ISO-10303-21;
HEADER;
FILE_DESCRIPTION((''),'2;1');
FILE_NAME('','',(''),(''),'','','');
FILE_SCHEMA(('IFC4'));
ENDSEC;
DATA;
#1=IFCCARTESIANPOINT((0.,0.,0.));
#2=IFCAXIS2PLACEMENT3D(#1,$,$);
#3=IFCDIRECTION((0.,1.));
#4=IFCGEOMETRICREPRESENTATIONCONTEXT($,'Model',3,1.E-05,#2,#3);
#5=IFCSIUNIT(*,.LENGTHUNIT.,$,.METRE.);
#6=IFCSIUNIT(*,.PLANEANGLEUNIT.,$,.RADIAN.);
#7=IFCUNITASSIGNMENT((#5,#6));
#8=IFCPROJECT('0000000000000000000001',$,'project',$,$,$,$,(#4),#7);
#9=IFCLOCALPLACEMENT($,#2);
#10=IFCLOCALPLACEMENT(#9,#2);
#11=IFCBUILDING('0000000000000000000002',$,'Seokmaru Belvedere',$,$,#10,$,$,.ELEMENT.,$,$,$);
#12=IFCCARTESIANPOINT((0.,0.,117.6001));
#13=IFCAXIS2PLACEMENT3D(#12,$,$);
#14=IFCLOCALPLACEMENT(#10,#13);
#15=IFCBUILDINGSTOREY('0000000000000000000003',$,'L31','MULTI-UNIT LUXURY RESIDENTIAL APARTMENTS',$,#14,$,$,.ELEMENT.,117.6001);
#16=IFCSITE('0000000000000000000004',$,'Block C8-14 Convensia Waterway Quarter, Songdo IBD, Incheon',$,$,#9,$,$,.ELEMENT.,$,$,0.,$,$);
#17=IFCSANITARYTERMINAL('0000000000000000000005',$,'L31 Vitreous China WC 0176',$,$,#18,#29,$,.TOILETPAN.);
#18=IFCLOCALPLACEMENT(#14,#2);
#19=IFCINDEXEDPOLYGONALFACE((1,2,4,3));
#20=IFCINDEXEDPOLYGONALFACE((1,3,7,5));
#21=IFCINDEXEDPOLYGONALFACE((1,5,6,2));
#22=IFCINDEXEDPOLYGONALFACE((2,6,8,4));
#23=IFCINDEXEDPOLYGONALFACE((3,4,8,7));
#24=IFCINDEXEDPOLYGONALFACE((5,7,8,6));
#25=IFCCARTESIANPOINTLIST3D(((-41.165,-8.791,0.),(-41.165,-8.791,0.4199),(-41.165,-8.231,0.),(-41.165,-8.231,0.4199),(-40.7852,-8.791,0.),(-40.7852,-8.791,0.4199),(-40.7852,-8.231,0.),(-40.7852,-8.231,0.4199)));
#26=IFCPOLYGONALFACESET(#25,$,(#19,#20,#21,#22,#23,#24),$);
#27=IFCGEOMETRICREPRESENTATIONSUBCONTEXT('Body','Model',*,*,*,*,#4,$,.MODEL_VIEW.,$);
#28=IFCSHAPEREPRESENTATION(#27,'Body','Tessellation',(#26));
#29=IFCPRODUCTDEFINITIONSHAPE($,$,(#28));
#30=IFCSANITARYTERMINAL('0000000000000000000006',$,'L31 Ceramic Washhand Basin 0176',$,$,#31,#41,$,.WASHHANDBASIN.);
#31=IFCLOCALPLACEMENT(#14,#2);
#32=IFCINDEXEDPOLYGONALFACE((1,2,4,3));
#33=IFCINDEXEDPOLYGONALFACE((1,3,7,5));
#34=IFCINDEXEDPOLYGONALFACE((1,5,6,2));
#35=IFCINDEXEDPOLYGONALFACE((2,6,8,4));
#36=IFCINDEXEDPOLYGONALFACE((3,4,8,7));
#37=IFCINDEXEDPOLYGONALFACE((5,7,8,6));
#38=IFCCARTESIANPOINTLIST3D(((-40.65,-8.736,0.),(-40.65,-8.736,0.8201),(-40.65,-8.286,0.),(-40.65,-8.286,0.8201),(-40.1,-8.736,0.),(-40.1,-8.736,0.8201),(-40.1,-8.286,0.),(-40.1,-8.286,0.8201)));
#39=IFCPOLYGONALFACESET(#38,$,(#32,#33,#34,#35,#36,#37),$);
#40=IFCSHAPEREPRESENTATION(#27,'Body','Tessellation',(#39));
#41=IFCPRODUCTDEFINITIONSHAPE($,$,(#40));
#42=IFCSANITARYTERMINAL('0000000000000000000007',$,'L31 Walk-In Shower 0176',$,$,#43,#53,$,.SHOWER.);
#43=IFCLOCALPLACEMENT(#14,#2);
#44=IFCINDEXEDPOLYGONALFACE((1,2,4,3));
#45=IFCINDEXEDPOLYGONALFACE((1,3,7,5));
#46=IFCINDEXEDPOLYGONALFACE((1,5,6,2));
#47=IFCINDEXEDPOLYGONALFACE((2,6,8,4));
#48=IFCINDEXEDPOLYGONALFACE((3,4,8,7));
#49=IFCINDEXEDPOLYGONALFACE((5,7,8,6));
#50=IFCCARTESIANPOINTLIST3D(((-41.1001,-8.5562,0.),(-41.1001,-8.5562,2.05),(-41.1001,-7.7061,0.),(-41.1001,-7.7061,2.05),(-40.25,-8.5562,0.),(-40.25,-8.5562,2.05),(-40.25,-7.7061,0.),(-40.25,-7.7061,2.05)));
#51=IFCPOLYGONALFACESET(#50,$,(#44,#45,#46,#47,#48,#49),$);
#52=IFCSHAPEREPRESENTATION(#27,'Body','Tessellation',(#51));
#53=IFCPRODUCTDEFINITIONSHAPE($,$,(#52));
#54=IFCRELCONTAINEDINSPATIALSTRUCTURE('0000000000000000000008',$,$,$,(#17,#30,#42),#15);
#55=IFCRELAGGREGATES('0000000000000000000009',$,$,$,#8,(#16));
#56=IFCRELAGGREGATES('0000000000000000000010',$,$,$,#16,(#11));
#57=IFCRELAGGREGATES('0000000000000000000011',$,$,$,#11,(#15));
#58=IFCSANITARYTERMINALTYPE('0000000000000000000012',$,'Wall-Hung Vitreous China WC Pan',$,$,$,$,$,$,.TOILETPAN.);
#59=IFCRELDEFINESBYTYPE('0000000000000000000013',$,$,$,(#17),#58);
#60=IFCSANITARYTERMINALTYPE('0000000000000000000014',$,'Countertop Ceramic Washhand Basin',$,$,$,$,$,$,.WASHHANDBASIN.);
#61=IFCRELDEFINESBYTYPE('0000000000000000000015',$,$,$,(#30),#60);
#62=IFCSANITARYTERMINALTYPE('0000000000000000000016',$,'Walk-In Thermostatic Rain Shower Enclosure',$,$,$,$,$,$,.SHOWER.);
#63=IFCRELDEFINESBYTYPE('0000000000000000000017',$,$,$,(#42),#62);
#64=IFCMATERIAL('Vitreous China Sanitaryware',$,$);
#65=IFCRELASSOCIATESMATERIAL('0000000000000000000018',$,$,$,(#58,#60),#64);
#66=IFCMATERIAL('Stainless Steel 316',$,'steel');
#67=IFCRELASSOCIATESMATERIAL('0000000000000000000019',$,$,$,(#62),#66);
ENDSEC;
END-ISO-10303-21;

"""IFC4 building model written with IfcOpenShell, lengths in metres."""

from ifc_helpers import new_model, si_unit, direction, frame, origin, origin_2d, place, context, subcontext, project, spatial, rectangle, extrude, source, transform, mapped, material, type_object, type_shapes, element, save


model = new_model("IFC4")

# Units and contexts
model_context = context("Model", 3, precision=1e-05, world=origin(), true_north=direction((0.0, 1.0)))
body_context = subcontext(model_context, "Body", "Model", "MODEL_VIEW")
ifc_project = project(units=[si_unit("LENGTHUNIT", "METRE"), si_unit("PLANEANGLEUNIT", "RADIAN")], contexts=[model_context])

# Site, building, storey
site_placement = place(None, origin())
site = spatial("IfcSite", under=ifc_project, at=site_placement, Name="Block C8-14 Convensia Waterway Quarter, Songdo IBD, Incheon", CompositionType="ELEMENT", RefElevation=0.0)
building_placement = place(site_placement, origin())
building = spatial("IfcBuilding", under=site, at=building_placement, Name="Seokmaru Belvedere", CompositionType="ELEMENT")
storey_placement = place(building_placement, frame((0.0, 0.0, 117.6001)))
storey = spatial("IfcBuildingStorey", under=building, at=storey_placement, Name="L31", Description="MULTI-UNIT LUXURY RESIDENTIAL APARTMENTS", CompositionType="ELEMENT", Elevation=117.6001)

# Sanitary terminals
ifc_material_1 = material(Name="Vitreous China Sanitaryware")
sanitary_terminal_type_1 = type_object("IfcSanitaryTerminalType", Name="Wall-Hung Vitreous China WC Pan", PredefinedType="TOILETPAN", material=ifc_material_1)
shared_shape_1 = source(origin(), body_context, "Body", "SweptSolid", [
    extrude(rectangle(XDim=0.3799, YDim=0.5601, at=origin_2d()), origin(), (0.0, 0.0, 1.0), 0.4199),
])
type_shapes(sanitary_terminal_type_1, [shared_shape_1])
sanitary_terminal_1_placement = place(storey_placement, frame((-40.9751, -8.511, 0.0), z_axis=(0.0, 0.0, 1.0), x_axis=(1.0, 0.0, 0.0)))
element("IfcSanitaryTerminal", 1, at=sanitary_terminal_1_placement, inside=storey, type_object=sanitary_terminal_type_1, Name="L31 Vitreous China WC 0176", PredefinedType="TOILETPAN", context=body_context, shape_type="MappedRepresentation", body=[
    mapped(shared_shape_1, transform((0.0, 0.0, 0.0), scale=1.0)),
])
sanitary_terminal_type_2 = type_object("IfcSanitaryTerminalType", Name="Countertop Ceramic Washhand Basin", PredefinedType="WASHHANDBASIN", material=ifc_material_1)
shared_shape_2 = source(origin(), body_context, "Body", "SweptSolid", [
    extrude(rectangle(XDim=0.55, YDim=0.45, at=origin_2d()), origin(), (0.0, 0.0, 1.0), 0.8201),
])
type_shapes(sanitary_terminal_type_2, [shared_shape_2])
sanitary_terminal_2_placement = place(storey_placement, frame((-40.375, -8.511, 0.0), z_axis=(0.0, 0.0, 1.0), x_axis=(1.0, 0.0, 0.0)))
element("IfcSanitaryTerminal", 2, at=sanitary_terminal_2_placement, inside=storey, type_object=sanitary_terminal_type_2, Name="L31 Ceramic Washhand Basin 0176", PredefinedType="WASHHANDBASIN", context=body_context, shape_type="MappedRepresentation", body=[
    mapped(shared_shape_2, transform((0.0, 0.0, 0.0), scale=1.0)),
])
ifc_material_2 = material(Name="Stainless Steel 316", Category="steel")
sanitary_terminal_type_3 = type_object("IfcSanitaryTerminalType", Name="Walk-In Thermostatic Rain Shower Enclosure", PredefinedType="SHOWER", material=ifc_material_2)
shared_shape_3 = source(origin(), body_context, "Body", "SweptSolid", [
    extrude(rectangle(XDim=0.8501, YDim=0.8501, at=origin_2d()), origin(), (0.0, 0.0, 1.0), 2.05),
])
type_shapes(sanitary_terminal_type_3, [shared_shape_3])
sanitary_terminal_3_placement = place(storey_placement, frame((-40.675, -8.1311, 0.0), z_axis=(0.0, 0.0, 1.0), x_axis=(1.0, 0.0, 0.0)))
element("IfcSanitaryTerminal", 3, at=sanitary_terminal_3_placement, inside=storey, type_object=sanitary_terminal_type_3, Name="L31 Walk-In Shower 0176", PredefinedType="SHOWER", context=body_context, shape_type="MappedRepresentation", body=[
    mapped(shared_shape_3, transform((0.0, 0.0, 0.0), scale=1.0)),
])

save(model, "model.ifc")
